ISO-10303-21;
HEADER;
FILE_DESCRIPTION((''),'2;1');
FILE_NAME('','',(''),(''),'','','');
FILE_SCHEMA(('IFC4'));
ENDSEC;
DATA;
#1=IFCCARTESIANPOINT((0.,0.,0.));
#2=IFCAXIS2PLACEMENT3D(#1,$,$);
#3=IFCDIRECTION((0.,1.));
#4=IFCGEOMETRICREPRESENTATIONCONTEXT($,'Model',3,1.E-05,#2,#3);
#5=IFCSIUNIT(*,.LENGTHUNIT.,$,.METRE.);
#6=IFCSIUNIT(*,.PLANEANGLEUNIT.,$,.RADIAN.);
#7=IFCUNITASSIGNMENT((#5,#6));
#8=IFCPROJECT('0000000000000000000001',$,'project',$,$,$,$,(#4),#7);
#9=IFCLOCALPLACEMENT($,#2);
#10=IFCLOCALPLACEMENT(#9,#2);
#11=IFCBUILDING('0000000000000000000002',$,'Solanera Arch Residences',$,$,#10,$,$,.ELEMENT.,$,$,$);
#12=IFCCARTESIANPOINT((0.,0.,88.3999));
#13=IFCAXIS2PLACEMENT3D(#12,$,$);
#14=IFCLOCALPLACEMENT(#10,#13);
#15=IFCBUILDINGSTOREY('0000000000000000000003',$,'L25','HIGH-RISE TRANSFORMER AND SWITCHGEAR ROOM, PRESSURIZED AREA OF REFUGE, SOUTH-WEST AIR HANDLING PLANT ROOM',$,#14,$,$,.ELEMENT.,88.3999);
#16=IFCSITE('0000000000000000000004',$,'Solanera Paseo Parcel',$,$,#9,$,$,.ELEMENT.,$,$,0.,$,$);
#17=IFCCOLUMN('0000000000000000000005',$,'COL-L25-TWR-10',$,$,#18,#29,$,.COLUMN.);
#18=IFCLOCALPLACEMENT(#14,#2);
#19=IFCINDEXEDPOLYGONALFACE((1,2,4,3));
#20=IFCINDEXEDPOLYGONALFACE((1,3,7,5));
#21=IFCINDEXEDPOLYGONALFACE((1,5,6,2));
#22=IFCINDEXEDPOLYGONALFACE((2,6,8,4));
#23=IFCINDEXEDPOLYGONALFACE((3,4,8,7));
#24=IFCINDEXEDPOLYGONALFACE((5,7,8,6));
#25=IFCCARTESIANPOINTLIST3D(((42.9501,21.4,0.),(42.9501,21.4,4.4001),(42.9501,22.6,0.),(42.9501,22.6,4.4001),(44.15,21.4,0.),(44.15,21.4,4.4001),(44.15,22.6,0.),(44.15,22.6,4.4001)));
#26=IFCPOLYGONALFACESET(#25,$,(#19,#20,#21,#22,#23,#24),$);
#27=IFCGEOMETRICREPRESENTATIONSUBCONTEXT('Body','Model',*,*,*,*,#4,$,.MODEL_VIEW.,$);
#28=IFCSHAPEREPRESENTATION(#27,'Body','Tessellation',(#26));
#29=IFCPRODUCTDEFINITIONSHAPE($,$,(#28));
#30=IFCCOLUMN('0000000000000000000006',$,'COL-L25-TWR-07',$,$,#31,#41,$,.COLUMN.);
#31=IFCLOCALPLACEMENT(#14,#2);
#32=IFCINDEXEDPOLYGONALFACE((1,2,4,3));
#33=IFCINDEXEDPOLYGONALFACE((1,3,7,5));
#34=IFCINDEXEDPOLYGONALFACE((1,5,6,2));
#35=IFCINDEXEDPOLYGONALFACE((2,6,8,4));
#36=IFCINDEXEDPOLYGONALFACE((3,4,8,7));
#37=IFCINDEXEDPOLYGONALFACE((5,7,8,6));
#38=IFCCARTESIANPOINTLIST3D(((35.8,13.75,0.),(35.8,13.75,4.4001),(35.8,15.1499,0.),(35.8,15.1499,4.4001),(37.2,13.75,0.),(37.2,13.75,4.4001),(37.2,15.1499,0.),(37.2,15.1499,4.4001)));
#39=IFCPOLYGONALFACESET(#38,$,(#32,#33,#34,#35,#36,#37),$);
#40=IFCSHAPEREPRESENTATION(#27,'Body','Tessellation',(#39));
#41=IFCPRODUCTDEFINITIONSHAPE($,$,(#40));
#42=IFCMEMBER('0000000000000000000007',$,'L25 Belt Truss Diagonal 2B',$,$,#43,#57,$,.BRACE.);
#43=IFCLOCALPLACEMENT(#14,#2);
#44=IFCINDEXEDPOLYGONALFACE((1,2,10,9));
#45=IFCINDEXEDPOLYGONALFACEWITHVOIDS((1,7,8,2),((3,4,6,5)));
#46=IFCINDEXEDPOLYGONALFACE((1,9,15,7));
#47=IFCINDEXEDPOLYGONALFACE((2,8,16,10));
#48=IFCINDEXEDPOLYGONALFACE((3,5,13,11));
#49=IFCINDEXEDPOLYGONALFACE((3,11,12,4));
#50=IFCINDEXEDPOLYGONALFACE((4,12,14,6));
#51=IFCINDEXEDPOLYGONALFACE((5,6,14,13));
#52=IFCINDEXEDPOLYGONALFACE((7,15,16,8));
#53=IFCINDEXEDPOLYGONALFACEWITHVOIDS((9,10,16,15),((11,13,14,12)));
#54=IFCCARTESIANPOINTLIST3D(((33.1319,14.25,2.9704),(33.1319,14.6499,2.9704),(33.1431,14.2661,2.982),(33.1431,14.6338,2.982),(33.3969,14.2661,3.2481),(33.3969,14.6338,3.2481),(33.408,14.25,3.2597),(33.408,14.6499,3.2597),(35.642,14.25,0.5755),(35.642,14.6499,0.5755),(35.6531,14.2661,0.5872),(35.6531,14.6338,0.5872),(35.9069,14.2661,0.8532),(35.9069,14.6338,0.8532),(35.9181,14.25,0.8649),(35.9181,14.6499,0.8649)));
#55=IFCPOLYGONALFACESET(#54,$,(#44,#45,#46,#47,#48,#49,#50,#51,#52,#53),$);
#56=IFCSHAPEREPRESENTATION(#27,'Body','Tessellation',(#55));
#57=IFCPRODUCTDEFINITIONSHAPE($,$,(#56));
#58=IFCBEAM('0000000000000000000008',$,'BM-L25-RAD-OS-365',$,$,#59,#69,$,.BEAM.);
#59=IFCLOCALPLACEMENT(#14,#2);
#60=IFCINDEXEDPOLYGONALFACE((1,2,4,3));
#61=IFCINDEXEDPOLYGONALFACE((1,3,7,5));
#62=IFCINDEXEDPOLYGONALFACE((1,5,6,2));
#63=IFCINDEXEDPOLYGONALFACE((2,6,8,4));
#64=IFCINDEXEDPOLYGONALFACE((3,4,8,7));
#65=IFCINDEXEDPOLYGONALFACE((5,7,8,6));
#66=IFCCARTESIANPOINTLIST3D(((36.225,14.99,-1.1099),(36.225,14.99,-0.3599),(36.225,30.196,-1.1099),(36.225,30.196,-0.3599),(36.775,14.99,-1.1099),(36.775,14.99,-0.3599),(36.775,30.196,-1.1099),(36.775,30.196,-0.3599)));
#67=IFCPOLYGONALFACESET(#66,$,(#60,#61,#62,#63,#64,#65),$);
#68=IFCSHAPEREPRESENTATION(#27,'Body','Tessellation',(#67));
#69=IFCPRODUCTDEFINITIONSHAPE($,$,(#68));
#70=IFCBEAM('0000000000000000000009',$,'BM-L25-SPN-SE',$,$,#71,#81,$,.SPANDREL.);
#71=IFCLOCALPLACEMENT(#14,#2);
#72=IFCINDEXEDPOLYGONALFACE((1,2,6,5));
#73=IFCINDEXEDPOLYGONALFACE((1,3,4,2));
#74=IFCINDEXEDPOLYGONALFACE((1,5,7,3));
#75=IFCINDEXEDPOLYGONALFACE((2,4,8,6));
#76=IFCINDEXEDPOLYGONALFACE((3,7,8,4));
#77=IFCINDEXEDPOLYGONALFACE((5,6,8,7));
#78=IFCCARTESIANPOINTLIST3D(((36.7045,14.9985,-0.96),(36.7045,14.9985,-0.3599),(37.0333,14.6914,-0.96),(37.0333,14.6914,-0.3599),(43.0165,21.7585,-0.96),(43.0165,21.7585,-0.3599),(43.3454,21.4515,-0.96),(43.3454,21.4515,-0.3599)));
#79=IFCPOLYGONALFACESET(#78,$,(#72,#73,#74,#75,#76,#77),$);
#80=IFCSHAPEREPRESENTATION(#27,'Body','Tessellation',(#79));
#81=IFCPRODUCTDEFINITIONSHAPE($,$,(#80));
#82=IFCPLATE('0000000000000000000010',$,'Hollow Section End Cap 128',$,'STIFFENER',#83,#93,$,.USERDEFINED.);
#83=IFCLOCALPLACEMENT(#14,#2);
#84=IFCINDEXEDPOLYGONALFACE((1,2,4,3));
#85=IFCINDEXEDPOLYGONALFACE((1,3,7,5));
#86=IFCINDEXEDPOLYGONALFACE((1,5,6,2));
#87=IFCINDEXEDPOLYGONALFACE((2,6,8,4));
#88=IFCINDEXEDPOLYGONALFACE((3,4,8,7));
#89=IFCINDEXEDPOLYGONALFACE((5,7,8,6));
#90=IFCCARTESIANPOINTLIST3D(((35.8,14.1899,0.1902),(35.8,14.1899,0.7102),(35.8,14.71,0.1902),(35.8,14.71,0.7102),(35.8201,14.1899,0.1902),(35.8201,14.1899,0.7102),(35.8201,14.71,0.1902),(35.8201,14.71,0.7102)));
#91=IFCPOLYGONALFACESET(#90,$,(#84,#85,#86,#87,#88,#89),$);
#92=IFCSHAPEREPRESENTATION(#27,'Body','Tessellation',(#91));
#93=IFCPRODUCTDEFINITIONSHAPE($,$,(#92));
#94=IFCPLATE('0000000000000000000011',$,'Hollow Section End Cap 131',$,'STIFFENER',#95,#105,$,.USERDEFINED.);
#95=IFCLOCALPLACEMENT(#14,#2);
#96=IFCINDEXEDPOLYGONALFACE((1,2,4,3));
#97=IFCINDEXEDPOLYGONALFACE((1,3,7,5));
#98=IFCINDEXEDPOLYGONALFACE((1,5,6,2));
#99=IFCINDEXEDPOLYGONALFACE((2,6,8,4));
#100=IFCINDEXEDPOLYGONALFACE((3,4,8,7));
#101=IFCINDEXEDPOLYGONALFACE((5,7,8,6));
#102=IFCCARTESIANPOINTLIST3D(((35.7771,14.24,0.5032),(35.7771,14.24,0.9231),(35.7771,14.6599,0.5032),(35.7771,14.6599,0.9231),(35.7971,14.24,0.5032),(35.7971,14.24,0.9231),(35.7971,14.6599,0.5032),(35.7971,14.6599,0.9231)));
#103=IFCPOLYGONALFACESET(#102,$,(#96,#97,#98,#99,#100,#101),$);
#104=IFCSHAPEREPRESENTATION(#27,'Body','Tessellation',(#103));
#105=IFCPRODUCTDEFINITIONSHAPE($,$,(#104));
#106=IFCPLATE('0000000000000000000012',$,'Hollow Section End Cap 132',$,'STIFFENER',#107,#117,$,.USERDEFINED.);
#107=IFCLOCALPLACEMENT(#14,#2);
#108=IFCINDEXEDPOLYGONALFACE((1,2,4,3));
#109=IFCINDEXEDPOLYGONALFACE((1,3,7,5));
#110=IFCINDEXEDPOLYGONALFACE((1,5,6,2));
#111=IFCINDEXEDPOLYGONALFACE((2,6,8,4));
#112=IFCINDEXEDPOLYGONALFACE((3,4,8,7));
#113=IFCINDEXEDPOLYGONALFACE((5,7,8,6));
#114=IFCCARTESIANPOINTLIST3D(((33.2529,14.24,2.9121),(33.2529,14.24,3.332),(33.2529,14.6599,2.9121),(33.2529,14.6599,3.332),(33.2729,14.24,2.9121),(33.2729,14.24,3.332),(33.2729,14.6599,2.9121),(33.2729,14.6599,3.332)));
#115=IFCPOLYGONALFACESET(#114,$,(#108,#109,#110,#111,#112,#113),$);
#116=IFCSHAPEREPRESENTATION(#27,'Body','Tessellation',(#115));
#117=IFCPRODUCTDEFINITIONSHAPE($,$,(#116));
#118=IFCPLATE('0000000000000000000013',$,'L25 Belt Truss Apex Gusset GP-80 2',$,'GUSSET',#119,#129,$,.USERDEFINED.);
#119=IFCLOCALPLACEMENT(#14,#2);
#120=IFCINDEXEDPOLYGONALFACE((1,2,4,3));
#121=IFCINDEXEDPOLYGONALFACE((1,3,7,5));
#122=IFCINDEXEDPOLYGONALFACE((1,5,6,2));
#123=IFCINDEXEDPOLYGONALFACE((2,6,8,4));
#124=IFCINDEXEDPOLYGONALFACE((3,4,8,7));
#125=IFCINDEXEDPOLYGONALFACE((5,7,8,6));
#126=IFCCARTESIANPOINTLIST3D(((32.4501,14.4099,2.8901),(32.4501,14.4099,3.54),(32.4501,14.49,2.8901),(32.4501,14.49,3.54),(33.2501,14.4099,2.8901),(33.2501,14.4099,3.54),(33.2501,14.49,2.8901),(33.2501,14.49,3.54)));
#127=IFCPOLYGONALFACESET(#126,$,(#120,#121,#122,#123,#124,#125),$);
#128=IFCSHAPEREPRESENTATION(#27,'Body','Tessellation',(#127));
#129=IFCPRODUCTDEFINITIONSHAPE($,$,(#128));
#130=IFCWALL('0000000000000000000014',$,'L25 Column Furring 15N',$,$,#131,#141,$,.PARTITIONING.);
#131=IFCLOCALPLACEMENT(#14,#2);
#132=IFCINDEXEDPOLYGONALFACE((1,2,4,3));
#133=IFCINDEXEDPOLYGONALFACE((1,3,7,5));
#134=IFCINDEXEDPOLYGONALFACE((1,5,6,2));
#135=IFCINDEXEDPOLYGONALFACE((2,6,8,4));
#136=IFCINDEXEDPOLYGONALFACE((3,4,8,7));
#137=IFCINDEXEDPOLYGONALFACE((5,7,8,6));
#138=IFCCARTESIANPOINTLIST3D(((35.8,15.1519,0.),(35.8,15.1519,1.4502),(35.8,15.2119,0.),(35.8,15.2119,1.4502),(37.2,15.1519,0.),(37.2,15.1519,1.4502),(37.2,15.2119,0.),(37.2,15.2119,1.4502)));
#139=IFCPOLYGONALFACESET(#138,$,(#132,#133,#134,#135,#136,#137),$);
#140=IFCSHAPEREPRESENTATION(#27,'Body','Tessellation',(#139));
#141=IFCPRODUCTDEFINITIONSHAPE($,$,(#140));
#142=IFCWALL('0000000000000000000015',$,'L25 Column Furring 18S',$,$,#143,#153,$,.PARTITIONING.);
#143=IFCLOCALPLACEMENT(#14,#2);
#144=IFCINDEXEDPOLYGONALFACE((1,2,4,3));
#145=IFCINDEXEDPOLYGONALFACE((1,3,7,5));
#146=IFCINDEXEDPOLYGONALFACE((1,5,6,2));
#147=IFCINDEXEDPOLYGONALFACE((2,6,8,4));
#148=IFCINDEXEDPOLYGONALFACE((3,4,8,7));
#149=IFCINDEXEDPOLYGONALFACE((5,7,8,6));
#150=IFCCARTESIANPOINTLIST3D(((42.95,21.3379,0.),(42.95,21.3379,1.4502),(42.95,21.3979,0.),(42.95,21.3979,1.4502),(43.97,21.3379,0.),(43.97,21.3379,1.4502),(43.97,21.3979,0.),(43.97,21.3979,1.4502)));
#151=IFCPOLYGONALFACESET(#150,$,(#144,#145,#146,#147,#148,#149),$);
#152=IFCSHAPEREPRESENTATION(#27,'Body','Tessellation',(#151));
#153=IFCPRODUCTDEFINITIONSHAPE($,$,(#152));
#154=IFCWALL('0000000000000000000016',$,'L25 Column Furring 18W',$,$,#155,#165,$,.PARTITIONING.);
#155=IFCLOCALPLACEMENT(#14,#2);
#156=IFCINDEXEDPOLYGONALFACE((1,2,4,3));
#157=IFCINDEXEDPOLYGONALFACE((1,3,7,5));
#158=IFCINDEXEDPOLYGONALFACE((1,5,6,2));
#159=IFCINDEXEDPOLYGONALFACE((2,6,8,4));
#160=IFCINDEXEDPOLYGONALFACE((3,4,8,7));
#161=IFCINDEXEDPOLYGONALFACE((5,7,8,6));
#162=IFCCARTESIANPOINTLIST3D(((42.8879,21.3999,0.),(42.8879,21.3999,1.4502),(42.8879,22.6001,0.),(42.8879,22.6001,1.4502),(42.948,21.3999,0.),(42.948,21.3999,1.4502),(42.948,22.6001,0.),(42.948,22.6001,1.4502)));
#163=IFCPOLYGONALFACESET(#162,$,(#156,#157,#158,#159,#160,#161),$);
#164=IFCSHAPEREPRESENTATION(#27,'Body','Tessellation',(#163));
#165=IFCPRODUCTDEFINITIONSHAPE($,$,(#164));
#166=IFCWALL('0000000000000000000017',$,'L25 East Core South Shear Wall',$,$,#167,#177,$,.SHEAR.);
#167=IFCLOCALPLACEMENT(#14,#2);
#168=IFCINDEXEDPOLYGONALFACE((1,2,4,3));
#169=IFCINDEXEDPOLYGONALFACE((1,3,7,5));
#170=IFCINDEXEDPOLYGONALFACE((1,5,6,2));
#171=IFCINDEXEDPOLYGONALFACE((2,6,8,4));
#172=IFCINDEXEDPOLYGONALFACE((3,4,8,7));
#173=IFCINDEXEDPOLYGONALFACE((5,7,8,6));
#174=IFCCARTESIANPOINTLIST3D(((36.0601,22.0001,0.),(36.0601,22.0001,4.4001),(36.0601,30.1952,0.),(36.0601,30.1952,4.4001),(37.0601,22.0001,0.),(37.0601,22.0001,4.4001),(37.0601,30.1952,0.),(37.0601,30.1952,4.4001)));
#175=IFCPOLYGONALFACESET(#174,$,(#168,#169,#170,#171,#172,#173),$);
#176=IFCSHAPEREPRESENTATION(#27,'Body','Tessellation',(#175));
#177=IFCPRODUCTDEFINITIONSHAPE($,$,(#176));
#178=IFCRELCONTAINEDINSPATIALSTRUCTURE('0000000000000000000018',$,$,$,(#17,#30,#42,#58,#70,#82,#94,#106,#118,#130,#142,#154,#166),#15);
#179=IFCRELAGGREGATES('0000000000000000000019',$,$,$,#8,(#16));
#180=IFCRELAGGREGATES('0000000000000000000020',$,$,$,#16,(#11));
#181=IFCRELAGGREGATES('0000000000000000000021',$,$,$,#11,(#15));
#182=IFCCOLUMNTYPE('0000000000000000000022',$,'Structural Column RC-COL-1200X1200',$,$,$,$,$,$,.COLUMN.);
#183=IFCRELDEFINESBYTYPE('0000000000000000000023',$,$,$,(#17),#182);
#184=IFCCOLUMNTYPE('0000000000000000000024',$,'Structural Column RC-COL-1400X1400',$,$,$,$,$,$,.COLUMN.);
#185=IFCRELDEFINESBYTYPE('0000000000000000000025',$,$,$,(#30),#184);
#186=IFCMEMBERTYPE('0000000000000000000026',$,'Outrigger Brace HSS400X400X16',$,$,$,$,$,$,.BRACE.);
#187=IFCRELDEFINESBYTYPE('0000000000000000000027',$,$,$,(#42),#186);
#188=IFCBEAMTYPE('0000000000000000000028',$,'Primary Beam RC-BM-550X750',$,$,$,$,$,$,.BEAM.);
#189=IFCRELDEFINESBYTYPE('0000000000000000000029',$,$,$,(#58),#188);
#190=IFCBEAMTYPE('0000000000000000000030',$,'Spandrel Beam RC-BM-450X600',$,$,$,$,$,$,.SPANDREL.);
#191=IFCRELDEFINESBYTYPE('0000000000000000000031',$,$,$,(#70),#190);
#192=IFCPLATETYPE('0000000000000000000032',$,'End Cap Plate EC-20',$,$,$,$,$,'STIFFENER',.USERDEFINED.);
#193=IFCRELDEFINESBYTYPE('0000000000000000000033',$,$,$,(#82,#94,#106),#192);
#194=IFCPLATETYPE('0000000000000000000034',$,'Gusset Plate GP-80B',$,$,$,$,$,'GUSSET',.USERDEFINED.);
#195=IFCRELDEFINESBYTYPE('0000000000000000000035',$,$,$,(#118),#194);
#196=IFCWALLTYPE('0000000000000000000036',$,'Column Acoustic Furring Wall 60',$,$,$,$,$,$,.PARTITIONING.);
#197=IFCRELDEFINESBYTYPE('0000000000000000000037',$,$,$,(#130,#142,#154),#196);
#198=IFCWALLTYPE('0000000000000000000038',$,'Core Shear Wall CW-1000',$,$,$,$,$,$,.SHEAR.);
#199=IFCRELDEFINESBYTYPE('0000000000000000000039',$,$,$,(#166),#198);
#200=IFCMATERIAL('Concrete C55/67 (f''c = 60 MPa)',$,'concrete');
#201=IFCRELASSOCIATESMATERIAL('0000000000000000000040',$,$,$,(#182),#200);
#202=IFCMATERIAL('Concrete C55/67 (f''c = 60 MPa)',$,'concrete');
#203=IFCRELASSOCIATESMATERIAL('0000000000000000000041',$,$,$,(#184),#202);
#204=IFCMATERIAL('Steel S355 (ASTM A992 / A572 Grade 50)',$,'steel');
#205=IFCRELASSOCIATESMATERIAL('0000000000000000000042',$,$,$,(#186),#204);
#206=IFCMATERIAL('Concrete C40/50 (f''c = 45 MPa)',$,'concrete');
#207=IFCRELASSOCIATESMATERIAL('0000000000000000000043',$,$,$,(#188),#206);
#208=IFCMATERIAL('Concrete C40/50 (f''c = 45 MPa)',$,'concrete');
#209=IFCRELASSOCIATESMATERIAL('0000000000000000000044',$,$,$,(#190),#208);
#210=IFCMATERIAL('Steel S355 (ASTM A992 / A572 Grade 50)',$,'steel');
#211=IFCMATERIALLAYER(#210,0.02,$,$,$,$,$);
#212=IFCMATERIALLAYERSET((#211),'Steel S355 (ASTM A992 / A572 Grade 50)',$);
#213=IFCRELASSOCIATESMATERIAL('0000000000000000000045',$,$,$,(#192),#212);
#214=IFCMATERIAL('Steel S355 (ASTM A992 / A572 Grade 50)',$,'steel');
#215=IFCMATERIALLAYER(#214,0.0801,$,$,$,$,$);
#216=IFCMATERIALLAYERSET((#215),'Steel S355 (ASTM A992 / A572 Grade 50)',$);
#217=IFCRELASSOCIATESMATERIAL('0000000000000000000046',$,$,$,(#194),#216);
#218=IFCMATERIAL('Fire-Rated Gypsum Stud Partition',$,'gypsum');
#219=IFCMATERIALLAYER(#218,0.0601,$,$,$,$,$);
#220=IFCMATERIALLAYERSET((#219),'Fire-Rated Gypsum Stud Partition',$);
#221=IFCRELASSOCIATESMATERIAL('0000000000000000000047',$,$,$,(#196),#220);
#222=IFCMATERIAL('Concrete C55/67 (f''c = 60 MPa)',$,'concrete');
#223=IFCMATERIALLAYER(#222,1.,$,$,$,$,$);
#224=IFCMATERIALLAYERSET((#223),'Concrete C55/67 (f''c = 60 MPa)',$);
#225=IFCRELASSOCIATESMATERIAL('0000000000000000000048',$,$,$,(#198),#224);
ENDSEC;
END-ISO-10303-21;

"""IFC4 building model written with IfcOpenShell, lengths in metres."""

from ifc_helpers import new_model, si_unit, direction, frame, frame_2d, origin, origin_2d, place, context, subcontext, project, spatial, rectangle, hollow_rectangle, extrude, material, layer, layer_set, material_profile, profile_set, type_object, element, save


model = new_model("IFC4")

# Units and contexts
model_context = context("Model", 3, precision=1e-05, world=origin(), true_north=direction((0.0, 1.0)))
body_context = subcontext(model_context, "Body", "Model", "MODEL_VIEW")
ifc_project = project(units=[si_unit("LENGTHUNIT", "METRE"), si_unit("PLANEANGLEUNIT", "RADIAN")], contexts=[model_context])

# Site, building, storey
site_placement = place(None, origin())
site = spatial("IfcSite", under=ifc_project, at=site_placement, Name="Solanera Paseo Parcel", CompositionType="ELEMENT", RefElevation=0.0)
building_placement = place(site_placement, origin())
building = spatial("IfcBuilding", under=site, at=building_placement, Name="Solanera Arch Residences", CompositionType="ELEMENT")
storey_placement = place(building_placement, frame((0.0, 0.0, 88.3999)))
storey = spatial("IfcBuildingStorey", under=building, at=storey_placement, Name="L25", Description="HIGH-RISE TRANSFORMER AND SWITCHGEAR ROOM, PRESSURIZED AREA OF REFUGE, SOUTH-WEST AIR HANDLING PLANT ROOM", CompositionType="ELEMENT", Elevation=88.3999)

# Columns
ifc_material_1 = material(Name="Concrete C55/67 (f'c = 60 MPa)", Category="concrete")
ifc_material_profile_1 = material_profile(ifc_material_1, rectangle(XDim=1.2, YDim=1.2, at=origin_2d()))
ifc_profile_set_1 = profile_set([ifc_material_profile_1], Name="Concrete C55/67 (f'c = 60 MPa)")
column_type_1 = type_object("IfcColumnType", Name="Structural Column RC-COL-1200X1200", PredefinedType="COLUMN", material=ifc_profile_set_1)
column_1_placement = place(storey_placement, frame((43.55, 22.0, 0.0), z_axis=(0.0, 0.0, 1.0), x_axis=(1.0, 0.0, 0.0)))
element("IfcColumn", 1, at=column_1_placement, inside=storey, type_object=column_type_1, Name="COL-L25-TWR-10", PredefinedType="COLUMN", context=body_context, shape_type="SweptSolid", body=[
    extrude(rectangle(XDim=1.2, YDim=1.2, at=origin_2d()), origin(), (0.0, 0.0, 1.0), 4.4001),
])
ifc_material_2 = material(Name="Concrete C55/67 (f'c = 60 MPa)", Category="concrete")
ifc_material_profile_2 = material_profile(ifc_material_2, rectangle(XDim=1.3999, YDim=1.3999, at=origin_2d()))
ifc_profile_set_2 = profile_set([ifc_material_profile_2], Name="Concrete C55/67 (f'c = 60 MPa)")
column_type_2 = type_object("IfcColumnType", Name="Structural Column RC-COL-1400X1400", PredefinedType="COLUMN", material=ifc_profile_set_2)
column_2_placement = place(storey_placement, frame((36.5, 14.45, 0.0), z_axis=(0.0, 0.0, 1.0), x_axis=(1.0, 0.0, 0.0)))
element("IfcColumn", 2, at=column_2_placement, inside=storey, type_object=column_type_2, Name="COL-L25-TWR-07", PredefinedType="COLUMN", context=body_context, shape_type="SweptSolid", body=[
    extrude(rectangle(XDim=1.3999, YDim=1.3999, at=origin_2d()), origin(), (0.0, 0.0, 1.0), 4.4001),
])

# Member
ifc_material_3 = material(Name="Steel S355 (ASTM A992 / A572 Grade 50)", Category="steel")
ifc_material_profile_3 = material_profile(ifc_material_3, hollow_rectangle(XDim=0.3999, YDim=0.3999, WallThickness=0.0161, at=origin_2d()))
ifc_profile_set_3 = profile_set([ifc_material_profile_3], Name="Steel S355 (ASTM A992 / A572 Grade 50)")
member_type = type_object("IfcMemberType", Name="Outrigger Brace HSS400X400X16", PredefinedType="BRACE", material=ifc_profile_set_3)
member_placement = place(storey_placement, frame((35.78, 14.45, 0.7202), z_axis=(-0.72352, 0.0, 0.690303), x_axis=(0.0, -1.0, 0.0)))
element("IfcMember", 3, at=member_placement, inside=storey, type_object=member_type, Name="L25 Belt Truss Diagonal 2B", PredefinedType="BRACE", context=body_context, shape_type="SweptSolid", body=[
    extrude(hollow_rectangle(XDim=0.3999, YDim=0.3999, WallThickness=0.0161, at=origin_2d()), origin(), (0.0, 0.0, 1.0), 3.4692),
])

# Beams
ifc_material_4 = material(Name="Concrete C40/50 (f'c = 45 MPa)", Category="concrete")
ifc_material_profile_4 = material_profile(ifc_material_4, rectangle(XDim=0.55, YDim=0.75, at=origin_2d()))
ifc_profile_set_4 = profile_set([ifc_material_profile_4], Name="Concrete C40/50 (f'c = 45 MPa)")
beam_type_1 = type_object("IfcBeamType", Name="Primary Beam RC-BM-550X750", PredefinedType="BEAM", material=ifc_profile_set_4)
beam_1_placement = place(storey_placement, frame((36.5, 14.99, -0.7349), z_axis=(0.0, 1.0, 0.0), x_axis=(-1.0, 0.0, 0.0)))
element("IfcBeam", 4, at=beam_1_placement, inside=storey, type_object=beam_type_1, Name="BM-L25-RAD-OS-365", PredefinedType="BEAM", context=body_context, shape_type="SweptSolid", body=[
    extrude(rectangle(XDim=0.55, YDim=0.75, at=origin_2d()), origin(), (0.0, 0.0, 1.0), 15.2061),
])
ifc_material_5 = material(Name="Concrete C40/50 (f'c = 45 MPa)", Category="concrete")
ifc_material_profile_5 = material_profile(ifc_material_5, rectangle(XDim=0.45, YDim=0.6001, at=origin_2d()))
ifc_profile_set_5 = profile_set([ifc_material_profile_5], Name="Concrete C40/50 (f'c = 45 MPa)")
beam_type_2 = type_object("IfcBeamType", Name="Spandrel Beam RC-BM-450X600", PredefinedType="SPANDREL", material=ifc_profile_set_5)
beam_2_placement = place(storey_placement, frame((36.8689, 14.845, -0.6599), z_axis=(0.682472, 0.730911, 0.0), x_axis=(-0.730911, 0.682472, 0.0)))
element("IfcBeam", 5, at=beam_2_placement, inside=storey, type_object=beam_type_2, Name="BM-L25-SPN-SE", PredefinedType="SPANDREL", context=body_context, shape_type="SweptSolid", body=[
    extrude(rectangle(XDim=0.45, YDim=0.6001, at=origin_2d()), origin(), (0.0, 0.0, 1.0), 9.2488),
])

# Plates
ifc_material_6 = material(Name="Steel S355 (ASTM A992 / A572 Grade 50)", Category="steel")
ifc_layer_1 = layer(ifc_material_6, 0.02)
ifc_layer_set_1 = layer_set([ifc_layer_1], Name="Steel S355 (ASTM A992 / A572 Grade 50)")
plate_type_1 = type_object("IfcPlateType", Name="End Cap Plate EC-20", ElementType="STIFFENER", PredefinedType="USERDEFINED", material=ifc_layer_set_1)
plate_1_placement = place(storey_placement, frame((35.8101, 14.45, 0.1902), z_axis=(0.0, 0.0, 1.0), x_axis=(1.0, 0.0, 0.0)))
element("IfcPlate", 6, at=plate_1_placement, inside=storey, type_object=plate_type_1, Name="Hollow Section End Cap 128", ObjectType="STIFFENER", PredefinedType="USERDEFINED", context=body_context, shape_type="SweptSolid", body=[
    extrude(rectangle(XDim=0.02, YDim=0.52, at=origin_2d()), origin(), (0.0, 0.0, 1.0), 0.52),
])
for number, where, z_axis, x_axis, name in (
    (7, (35.7871, 14.45, 0.5032), (0.0, 0.0, 1.0), (1.0, 0.0, 0.0), "Hollow Section End Cap 131"),
    (8, (33.2629, 14.45, 2.9121), (0.0, 0.0, 1.0), (-1.0, 0.0, 0.0), "Hollow Section End Cap 132"),
):
    element("IfcPlate", number, at=place(storey_placement, frame(where, z_axis=z_axis, x_axis=x_axis)), inside=storey, type_object=plate_type_1, Name=name, ObjectType="STIFFENER", PredefinedType="USERDEFINED", context=body_context, shape_type="SweptSolid", body=[
        extrude(rectangle(XDim=0.02, YDim=0.4199, at=origin_2d()), origin(), (0.0, 0.0, 1.0), 0.4199),
    ])
ifc_material_7 = material(Name="Steel S355 (ASTM A992 / A572 Grade 50)", Category="steel")
ifc_layer_2 = layer(ifc_material_7, 0.0801)
ifc_layer_set_2 = layer_set([ifc_layer_2], Name="Steel S355 (ASTM A992 / A572 Grade 50)")
plate_type_2 = type_object("IfcPlateType", Name="Gusset Plate GP-80B", ElementType="GUSSET", PredefinedType="USERDEFINED", material=ifc_layer_set_2)
plate_2_placement = place(storey_placement, frame((32.8501, 14.45, 2.8901), z_axis=(0.0, 0.0, 1.0), x_axis=(1.0, 0.0, 0.0)))
element("IfcPlate", 9, at=plate_2_placement, inside=storey, type_object=plate_type_2, Name="L25 Belt Truss Apex Gusset GP-80 2", ObjectType="GUSSET", PredefinedType="USERDEFINED", context=body_context, shape_type="SweptSolid", body=[
    extrude(rectangle(XDim=0.8, YDim=0.0801, at=origin_2d()), origin(), (0.0, 0.0, 1.0), 0.6499),
])

# Walls
ifc_material_8 = material(Name="Fire-Rated Gypsum Stud Partition", Category="gypsum")
ifc_layer_3 = layer(ifc_material_8, 0.0601)
ifc_layer_set_3 = layer_set([ifc_layer_3], Name="Fire-Rated Gypsum Stud Partition")
wall_type_1 = type_object("IfcWallType", Name="Column Acoustic Furring Wall 60", PredefinedType="PARTITIONING", material=ifc_layer_set_3)
wall_1_placement = place(storey_placement, frame((35.8, 15.1819, 0.0), z_axis=(0.0, 0.0, 1.0), x_axis=(1.0, 0.0, 0.0)))
element("IfcWall", 10, at=wall_1_placement, inside=storey, type_object=wall_type_1, Name="L25 Column Furring 15N", PredefinedType="PARTITIONING", context=body_context, shape_type="SweptSolid", body=[
    extrude(rectangle(XDim=1.3999, YDim=0.0601, at=frame_2d((0.7, 0.0))), origin(), (0.0, 0.0, 1.0), 1.4502),
])
wall_2_placement = place(storey_placement, frame((42.95, 21.3679, 0.0), z_axis=(0.0, 0.0, 1.0), x_axis=(1.0, 0.0, 0.0)))
element("IfcWall", 11, at=wall_2_placement, inside=storey, type_object=wall_type_1, Name="L25 Column Furring 18S", PredefinedType="PARTITIONING", context=body_context, shape_type="SweptSolid", body=[
    extrude(rectangle(XDim=1.02, YDim=0.0601, at=frame_2d((0.51, 0.0))), origin(), (0.0, 0.0, 1.0), 1.4502),
])
wall_3_placement = place(storey_placement, frame((42.918, 21.3999, 0.0), z_axis=(0.0, 0.0, 1.0), x_axis=(0.0, 1.0, 0.0)))
element("IfcWall", 12, at=wall_3_placement, inside=storey, type_object=wall_type_1, Name="L25 Column Furring 18W", PredefinedType="PARTITIONING", context=body_context, shape_type="SweptSolid", body=[
    extrude(rectangle(XDim=1.2002, YDim=0.0601, at=frame_2d((0.6001, 0.0))), origin(), (0.0, 0.0, 1.0), 1.4502),
])
ifc_material_9 = material(Name="Concrete C55/67 (f'c = 60 MPa)", Category="concrete")
ifc_layer_4 = layer(ifc_material_9, 1.0)
ifc_layer_set_4 = layer_set([ifc_layer_4], Name="Concrete C55/67 (f'c = 60 MPa)")
wall_type_2 = type_object("IfcWallType", Name="Core Shear Wall CW-1000", PredefinedType="SHEAR", material=ifc_layer_set_4)
wall_4_placement = place(storey_placement, frame((36.5601, 22.0, 0.0), z_axis=(0.0, 0.0, 1.0), x_axis=(0.0, 1.0, 0.0)))
element("IfcWall", 13, at=wall_4_placement, inside=storey, type_object=wall_type_2, Name="L25 East Core South Shear Wall", PredefinedType="SHEAR", context=body_context, shape_type="SweptSolid", body=[
    extrude(rectangle(XDim=8.1951, YDim=1.0, at=frame_2d((4.0977, 0.0))), origin(), (0.0, 0.0, 1.0), 4.4001),
])

save(model, "model.ifc")
